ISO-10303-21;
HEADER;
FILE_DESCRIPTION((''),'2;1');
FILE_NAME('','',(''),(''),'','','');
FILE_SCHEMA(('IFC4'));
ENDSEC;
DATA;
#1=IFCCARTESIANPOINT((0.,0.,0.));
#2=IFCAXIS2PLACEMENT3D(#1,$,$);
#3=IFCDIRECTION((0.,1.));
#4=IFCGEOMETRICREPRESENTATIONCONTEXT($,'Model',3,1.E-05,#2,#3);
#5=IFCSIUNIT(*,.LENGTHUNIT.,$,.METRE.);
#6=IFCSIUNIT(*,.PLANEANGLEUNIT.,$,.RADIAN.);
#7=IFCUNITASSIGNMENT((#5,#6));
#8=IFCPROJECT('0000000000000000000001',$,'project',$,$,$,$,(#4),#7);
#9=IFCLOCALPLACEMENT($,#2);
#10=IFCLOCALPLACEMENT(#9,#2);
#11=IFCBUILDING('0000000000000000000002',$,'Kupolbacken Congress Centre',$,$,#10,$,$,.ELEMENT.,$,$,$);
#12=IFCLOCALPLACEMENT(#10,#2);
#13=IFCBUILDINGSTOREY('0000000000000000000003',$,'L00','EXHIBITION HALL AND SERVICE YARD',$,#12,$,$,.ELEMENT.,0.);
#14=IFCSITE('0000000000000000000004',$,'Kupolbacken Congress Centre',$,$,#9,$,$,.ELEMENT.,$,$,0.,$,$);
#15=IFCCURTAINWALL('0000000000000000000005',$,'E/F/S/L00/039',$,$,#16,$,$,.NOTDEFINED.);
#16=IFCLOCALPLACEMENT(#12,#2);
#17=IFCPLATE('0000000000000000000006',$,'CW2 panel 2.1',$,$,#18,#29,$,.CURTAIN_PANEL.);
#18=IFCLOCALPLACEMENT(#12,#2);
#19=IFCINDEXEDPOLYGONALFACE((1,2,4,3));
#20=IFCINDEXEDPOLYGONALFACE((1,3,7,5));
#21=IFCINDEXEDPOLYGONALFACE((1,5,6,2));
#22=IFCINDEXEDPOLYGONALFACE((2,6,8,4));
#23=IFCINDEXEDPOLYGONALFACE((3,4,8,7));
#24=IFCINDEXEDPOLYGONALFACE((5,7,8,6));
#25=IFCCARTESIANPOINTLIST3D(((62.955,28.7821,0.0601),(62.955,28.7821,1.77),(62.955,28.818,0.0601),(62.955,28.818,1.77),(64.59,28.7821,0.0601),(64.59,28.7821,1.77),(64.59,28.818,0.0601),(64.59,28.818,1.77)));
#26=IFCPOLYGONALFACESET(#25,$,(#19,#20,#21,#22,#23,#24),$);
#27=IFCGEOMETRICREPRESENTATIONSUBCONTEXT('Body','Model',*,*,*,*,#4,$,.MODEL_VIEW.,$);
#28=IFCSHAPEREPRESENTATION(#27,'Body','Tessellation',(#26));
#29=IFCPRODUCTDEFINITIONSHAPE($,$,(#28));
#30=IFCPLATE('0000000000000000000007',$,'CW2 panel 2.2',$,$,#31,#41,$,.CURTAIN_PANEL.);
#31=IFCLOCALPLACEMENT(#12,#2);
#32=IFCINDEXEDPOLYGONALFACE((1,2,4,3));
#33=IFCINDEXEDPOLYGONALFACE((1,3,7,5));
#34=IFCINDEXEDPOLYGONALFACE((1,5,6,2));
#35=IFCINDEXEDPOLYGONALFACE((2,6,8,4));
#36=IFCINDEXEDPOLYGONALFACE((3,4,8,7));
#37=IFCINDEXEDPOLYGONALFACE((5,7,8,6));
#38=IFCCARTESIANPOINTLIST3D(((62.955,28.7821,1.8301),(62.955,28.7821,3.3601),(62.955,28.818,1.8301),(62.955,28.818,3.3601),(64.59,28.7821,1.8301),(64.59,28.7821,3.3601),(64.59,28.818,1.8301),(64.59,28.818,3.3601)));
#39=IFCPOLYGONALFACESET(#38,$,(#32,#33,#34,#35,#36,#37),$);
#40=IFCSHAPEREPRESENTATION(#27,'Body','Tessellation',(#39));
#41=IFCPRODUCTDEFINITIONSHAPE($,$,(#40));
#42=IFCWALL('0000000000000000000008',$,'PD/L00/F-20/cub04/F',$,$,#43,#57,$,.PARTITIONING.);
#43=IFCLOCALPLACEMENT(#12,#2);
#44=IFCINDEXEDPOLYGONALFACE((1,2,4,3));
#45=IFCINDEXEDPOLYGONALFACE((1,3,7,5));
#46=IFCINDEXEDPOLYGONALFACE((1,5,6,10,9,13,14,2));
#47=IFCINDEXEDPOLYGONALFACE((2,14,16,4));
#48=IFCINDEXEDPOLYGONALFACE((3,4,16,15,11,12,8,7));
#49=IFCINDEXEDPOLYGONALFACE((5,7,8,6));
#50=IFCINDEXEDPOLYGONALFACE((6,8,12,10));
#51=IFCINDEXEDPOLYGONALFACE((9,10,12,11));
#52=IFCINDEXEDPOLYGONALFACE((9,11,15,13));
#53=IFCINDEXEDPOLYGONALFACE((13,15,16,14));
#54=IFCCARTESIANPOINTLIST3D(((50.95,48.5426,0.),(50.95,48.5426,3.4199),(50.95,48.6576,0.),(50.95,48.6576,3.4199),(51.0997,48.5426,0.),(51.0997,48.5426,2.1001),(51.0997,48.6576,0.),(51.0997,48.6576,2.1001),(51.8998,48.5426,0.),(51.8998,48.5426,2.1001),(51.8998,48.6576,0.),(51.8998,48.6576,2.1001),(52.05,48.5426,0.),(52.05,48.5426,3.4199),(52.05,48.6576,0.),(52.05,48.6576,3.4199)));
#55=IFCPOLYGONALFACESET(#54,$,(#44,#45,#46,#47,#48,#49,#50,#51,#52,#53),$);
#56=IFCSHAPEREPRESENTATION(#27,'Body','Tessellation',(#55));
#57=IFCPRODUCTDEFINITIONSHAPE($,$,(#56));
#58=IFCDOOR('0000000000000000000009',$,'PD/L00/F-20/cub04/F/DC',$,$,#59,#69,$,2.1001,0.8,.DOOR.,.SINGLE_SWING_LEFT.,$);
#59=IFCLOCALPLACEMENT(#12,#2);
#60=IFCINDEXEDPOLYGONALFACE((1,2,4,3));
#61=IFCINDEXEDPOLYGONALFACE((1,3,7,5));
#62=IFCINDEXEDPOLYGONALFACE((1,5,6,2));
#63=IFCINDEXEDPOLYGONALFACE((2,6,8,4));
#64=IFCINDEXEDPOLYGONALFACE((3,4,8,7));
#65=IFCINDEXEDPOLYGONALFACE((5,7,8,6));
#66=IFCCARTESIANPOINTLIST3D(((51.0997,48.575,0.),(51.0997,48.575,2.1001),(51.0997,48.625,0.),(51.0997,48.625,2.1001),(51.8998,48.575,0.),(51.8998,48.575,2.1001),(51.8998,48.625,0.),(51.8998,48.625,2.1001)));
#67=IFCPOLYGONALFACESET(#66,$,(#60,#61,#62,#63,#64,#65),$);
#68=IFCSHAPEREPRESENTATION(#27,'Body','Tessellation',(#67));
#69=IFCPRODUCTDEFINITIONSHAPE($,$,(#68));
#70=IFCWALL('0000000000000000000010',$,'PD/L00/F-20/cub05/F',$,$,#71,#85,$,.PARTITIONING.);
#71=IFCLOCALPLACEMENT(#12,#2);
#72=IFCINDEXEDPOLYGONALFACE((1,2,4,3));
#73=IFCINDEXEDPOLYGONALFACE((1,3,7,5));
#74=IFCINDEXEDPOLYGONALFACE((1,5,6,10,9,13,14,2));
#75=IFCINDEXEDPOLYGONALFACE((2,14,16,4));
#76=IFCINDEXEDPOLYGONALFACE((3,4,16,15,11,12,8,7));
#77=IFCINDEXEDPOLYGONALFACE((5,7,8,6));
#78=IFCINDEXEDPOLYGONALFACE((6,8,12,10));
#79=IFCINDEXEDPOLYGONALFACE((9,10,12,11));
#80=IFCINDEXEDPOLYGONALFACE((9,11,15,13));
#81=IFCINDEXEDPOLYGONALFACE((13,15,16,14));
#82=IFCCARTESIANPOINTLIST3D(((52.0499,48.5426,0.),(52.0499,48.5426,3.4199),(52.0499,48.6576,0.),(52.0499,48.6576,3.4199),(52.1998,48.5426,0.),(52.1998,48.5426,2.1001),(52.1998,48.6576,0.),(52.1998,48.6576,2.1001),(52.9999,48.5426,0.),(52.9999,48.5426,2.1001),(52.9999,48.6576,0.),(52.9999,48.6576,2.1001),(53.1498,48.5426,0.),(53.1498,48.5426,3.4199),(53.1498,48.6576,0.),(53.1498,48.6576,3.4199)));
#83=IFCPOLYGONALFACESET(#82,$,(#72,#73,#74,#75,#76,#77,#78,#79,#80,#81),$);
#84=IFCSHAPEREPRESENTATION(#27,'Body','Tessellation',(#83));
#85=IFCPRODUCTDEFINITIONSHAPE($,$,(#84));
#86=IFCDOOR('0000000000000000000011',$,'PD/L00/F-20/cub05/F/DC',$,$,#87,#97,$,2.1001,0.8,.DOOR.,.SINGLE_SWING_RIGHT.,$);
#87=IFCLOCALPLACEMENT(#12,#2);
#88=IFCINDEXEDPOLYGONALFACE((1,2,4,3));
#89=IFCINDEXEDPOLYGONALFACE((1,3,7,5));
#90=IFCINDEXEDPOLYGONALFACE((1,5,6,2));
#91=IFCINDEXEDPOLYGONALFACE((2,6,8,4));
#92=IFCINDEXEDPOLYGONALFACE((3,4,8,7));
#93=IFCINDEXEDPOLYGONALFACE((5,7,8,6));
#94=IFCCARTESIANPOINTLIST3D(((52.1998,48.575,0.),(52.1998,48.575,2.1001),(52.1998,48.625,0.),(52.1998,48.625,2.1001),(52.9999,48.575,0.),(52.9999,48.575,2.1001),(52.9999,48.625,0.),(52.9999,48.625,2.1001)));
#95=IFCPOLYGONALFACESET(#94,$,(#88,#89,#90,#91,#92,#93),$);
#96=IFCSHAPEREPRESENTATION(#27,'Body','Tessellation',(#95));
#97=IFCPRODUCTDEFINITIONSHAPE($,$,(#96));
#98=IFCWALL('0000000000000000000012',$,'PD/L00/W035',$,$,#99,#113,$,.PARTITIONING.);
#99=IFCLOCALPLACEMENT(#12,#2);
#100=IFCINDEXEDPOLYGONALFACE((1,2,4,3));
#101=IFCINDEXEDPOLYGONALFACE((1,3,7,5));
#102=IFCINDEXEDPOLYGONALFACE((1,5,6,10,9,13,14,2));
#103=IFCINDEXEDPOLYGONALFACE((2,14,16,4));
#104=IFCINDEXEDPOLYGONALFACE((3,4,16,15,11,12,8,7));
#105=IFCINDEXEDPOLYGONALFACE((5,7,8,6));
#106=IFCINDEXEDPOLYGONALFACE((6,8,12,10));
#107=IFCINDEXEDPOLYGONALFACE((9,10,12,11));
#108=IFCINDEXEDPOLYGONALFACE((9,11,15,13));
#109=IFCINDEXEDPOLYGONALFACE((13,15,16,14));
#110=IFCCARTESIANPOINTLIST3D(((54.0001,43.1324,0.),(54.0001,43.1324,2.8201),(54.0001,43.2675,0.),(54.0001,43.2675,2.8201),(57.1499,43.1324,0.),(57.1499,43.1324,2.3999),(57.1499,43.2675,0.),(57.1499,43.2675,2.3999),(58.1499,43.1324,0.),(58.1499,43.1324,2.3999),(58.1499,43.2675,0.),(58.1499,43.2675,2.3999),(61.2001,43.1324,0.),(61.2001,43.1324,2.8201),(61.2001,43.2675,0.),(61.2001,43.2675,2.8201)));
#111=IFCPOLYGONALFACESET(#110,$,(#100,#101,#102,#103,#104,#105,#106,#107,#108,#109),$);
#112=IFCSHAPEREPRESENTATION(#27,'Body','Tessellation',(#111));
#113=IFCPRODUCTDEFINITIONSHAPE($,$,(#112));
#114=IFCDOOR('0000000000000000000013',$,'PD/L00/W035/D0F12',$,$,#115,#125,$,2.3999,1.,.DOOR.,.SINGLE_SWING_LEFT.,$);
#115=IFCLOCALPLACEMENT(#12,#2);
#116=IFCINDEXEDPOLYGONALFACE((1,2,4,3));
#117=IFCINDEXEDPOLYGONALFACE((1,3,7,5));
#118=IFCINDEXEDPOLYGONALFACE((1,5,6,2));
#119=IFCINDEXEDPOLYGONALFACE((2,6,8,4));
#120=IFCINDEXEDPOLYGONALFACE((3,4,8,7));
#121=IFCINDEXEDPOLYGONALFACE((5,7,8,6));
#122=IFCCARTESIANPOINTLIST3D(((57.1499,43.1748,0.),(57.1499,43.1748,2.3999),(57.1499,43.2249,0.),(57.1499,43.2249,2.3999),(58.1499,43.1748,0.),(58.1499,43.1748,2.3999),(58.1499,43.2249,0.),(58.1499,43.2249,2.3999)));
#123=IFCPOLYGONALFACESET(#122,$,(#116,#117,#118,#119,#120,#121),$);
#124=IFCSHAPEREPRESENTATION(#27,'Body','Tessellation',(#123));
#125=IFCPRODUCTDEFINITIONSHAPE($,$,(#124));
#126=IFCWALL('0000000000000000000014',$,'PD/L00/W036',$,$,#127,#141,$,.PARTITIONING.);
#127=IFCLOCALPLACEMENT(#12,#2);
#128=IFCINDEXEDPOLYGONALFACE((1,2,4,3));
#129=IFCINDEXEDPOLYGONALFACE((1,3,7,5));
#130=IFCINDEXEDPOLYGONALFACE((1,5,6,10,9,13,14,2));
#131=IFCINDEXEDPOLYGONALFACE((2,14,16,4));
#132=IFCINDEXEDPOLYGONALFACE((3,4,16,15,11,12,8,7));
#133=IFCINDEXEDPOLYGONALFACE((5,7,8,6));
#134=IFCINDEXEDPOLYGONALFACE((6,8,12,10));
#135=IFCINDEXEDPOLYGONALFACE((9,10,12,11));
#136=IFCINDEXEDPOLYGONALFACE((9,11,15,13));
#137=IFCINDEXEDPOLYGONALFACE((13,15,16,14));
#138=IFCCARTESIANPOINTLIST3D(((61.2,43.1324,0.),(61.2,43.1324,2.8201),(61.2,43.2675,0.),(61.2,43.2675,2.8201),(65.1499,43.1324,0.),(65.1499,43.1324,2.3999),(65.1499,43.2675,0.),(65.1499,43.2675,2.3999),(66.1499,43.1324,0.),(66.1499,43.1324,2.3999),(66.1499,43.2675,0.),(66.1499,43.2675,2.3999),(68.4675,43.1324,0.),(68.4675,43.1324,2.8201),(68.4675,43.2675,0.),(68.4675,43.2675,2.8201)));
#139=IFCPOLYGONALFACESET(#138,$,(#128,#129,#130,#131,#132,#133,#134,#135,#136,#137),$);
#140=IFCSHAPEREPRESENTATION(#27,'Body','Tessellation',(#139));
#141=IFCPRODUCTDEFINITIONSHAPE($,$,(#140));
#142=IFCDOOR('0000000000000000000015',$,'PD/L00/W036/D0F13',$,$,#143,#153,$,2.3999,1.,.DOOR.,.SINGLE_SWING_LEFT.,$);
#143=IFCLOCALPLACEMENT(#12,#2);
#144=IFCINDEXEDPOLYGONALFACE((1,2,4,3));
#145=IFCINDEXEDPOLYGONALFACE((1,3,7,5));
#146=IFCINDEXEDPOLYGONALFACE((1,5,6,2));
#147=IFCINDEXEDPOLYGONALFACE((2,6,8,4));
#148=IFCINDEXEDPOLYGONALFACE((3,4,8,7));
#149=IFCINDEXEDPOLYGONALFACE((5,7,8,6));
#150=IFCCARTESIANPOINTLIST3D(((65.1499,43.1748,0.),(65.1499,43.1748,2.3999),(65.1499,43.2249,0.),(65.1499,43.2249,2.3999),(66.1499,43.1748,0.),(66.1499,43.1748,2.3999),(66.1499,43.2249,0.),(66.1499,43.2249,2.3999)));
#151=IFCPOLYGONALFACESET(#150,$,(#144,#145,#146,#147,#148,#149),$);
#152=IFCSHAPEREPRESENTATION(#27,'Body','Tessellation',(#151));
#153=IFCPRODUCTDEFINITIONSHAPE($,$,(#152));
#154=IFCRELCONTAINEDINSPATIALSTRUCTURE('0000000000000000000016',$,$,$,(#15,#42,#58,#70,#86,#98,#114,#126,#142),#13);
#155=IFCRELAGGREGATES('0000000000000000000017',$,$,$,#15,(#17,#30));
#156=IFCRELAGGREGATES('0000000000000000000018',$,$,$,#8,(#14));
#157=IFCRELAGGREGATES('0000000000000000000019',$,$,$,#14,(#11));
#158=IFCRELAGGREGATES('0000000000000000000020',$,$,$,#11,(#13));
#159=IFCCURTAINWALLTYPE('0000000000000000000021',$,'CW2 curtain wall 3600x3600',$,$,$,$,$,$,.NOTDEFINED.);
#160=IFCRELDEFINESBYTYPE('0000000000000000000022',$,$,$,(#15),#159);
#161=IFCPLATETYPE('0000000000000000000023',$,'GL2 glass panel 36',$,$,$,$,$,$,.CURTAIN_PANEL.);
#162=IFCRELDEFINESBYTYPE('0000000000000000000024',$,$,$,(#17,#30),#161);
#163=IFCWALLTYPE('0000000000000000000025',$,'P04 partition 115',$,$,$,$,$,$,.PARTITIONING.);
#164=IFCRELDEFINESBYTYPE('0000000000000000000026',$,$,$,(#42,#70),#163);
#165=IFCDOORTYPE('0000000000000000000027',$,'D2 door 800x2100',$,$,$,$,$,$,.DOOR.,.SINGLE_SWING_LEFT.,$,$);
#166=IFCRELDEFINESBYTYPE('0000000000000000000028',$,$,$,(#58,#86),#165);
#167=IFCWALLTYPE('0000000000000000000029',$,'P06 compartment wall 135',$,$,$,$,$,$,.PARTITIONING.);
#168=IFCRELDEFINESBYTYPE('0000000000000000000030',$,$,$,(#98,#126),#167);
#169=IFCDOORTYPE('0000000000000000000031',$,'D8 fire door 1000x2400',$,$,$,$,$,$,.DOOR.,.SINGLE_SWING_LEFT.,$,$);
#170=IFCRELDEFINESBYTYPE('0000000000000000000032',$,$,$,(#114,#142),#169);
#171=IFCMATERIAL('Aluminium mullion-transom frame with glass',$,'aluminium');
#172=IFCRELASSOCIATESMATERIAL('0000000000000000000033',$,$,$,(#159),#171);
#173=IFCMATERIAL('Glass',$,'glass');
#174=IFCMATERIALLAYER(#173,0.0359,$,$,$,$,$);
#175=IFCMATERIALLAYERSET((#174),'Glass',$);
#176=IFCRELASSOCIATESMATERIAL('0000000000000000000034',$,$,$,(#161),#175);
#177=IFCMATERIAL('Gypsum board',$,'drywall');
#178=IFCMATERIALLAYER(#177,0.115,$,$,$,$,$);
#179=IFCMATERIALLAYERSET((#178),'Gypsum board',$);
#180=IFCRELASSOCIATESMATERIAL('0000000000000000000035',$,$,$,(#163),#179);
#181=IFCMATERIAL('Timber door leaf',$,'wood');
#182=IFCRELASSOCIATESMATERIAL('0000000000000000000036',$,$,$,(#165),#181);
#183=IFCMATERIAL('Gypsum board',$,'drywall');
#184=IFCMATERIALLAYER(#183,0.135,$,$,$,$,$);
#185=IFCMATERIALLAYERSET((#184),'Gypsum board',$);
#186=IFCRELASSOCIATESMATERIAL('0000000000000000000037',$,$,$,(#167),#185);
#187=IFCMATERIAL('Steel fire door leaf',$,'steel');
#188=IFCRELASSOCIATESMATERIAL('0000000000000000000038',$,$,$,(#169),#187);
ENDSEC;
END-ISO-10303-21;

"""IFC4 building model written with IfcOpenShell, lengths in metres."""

from ifc_helpers import new_model, si_unit, direction, frame, frame_2d, origin, origin_2d, place, context, subcontext, project, spatial, rectangle, extrude, material, layer, layer_set, type_object, element, fill, aggregate, save


model = new_model("IFC4")

# Units and contexts
model_context = context("Model", 3, precision=1e-05, world=origin(), true_north=direction((0.0, 1.0)))
body_context = subcontext(model_context, "Body", "Model", "MODEL_VIEW")
ifc_project = project(units=[si_unit("LENGTHUNIT", "METRE"), si_unit("PLANEANGLEUNIT", "RADIAN")], contexts=[model_context])

# Site, building, storey
site_placement = place(None, origin())
site = spatial("IfcSite", under=ifc_project, at=site_placement, Name="Kupolbacken Congress Centre", CompositionType="ELEMENT", RefElevation=0.0)
building_placement = place(site_placement, origin())
building = spatial("IfcBuilding", under=site, at=building_placement, Name="Kupolbacken Congress Centre", CompositionType="ELEMENT")
storey_placement = place(building_placement, origin())
storey = spatial("IfcBuildingStorey", under=building, at=storey_placement, Name="L00", Description="EXHIBITION HALL AND SERVICE YARD", CompositionType="ELEMENT", Elevation=0.0)

# Curtain wall, plates
ifc_material_1 = material(Name="Aluminium mullion-transom frame with glass", Category="aluminium")
curtain_wall_type = type_object("IfcCurtainWallType", Name="CW2 curtain wall 3600x3600", PredefinedType="NOTDEFINED", material=ifc_material_1)
curtain_wall_placement = place(storey_placement, origin())
curtain_wall = element("IfcCurtainWall", 1, at=curtain_wall_placement, inside=storey, type_object=curtain_wall_type, Name="E/F/S/L00/039", PredefinedType="NOTDEFINED")
ifc_material_2 = material(Name="Glass", Category="glass")
ifc_layer_1 = layer(ifc_material_2, 0.0359)
ifc_layer_set_1 = layer_set([ifc_layer_1], Name="Glass")
plate_type = type_object("IfcPlateType", Name="GL2 glass panel 36", PredefinedType="CURTAIN_PANEL", material=ifc_layer_set_1)
plate_1_placement = place(storey_placement, frame((63.7725, 28.8, 0.0601), z_axis=(0.0, 0.0, 1.0), x_axis=(1.0, 0.0, 0.0)))
plate_1 = element("IfcPlate", 2, at=plate_1_placement, type_object=plate_type, Name="CW2 panel 2.1", PredefinedType="CURTAIN_PANEL", context=body_context, shape_type="SweptSolid", body=[
    extrude(rectangle(XDim=1.635, YDim=0.0359, at=origin_2d()), origin(), (0.0, 0.0, 1.0), 1.71),
])
plate_2_placement = place(storey_placement, frame((63.7725, 28.8, 1.8301), z_axis=(0.0, 0.0, 1.0), x_axis=(1.0, 0.0, 0.0)))
plate_2 = element("IfcPlate", 3, at=plate_2_placement, type_object=plate_type, Name="CW2 panel 2.2", PredefinedType="CURTAIN_PANEL", context=body_context, shape_type="SweptSolid", body=[
    extrude(rectangle(XDim=1.635, YDim=0.0359, at=origin_2d()), origin(), (0.0, 0.0, 1.0), 1.53),
])
aggregate(curtain_wall, [plate_1, plate_2])

# Walls, openings, doors
ifc_material_3 = material(Name="Gypsum board", Category="drywall")
ifc_layer_2 = layer(ifc_material_3, 0.115)
ifc_layer_set_2 = layer_set([ifc_layer_2], Name="Gypsum board")
wall_type_1 = type_object("IfcWallType", Name="P04 partition 115", PredefinedType="PARTITIONING", material=ifc_layer_set_2)
wall_1_placement = place(storey_placement, frame((50.95, 48.6001, 0.0), z_axis=(0.0, 0.0, 1.0), x_axis=(1.0, 0.0, 0.0)))
wall_1 = element("IfcWall", 4, at=wall_1_placement, inside=storey, type_object=wall_type_1, Name="PD/L00/F-20/cub04/F", PredefinedType="PARTITIONING", context=body_context, shape_type="SweptSolid", body=[
    extrude(rectangle(XDim=1.1001, YDim=0.115, at=frame_2d((0.55, 0.0))), origin(), (0.0, 0.0, 1.0), 3.4199),
])
opening_1_placement = place(wall_1_placement, frame((0.1499, 0.0, 0.0)))
opening_1 = element("IfcOpeningElement", 5, at=opening_1_placement, cuts=wall_1, PredefinedType="OPENING", context=body_context, shape_type="SweptSolid", body=[
    extrude(rectangle(XDim=0.8, YDim=2.1001, at=frame_2d((0.3999, 1.05))), frame((0.0, 0.0674, 0.0), z_axis=(0.0, -1.0, 0.0), x_axis=(1.0, 0.0, 0.0)), (0.0, 0.0, 1.0), 0.135),
])
ifc_material_4 = material(Name="Timber door leaf", Category="wood")
door_type_1 = type_object("IfcDoorType", Name="D2 door 800x2100", OperationType="SINGLE_SWING_LEFT", PredefinedType="DOOR", material=ifc_material_4)
door_1_placement = place(opening_1_placement, origin())
door_1 = element("IfcDoor", 6, at=door_1_placement, inside=storey, type_object=door_type_1, Name="PD/L00/F-20/cub04/F/DC", OperationType="SINGLE_SWING_LEFT", OverallHeight=2.1001, OverallWidth=0.8, PredefinedType="DOOR", context=body_context, shape_type="SweptSolid", body=[
    extrude(rectangle(XDim=0.8, YDim=2.1001, at=frame_2d((0.3999, 1.05))), frame((0.0, 0.0249, 0.0), z_axis=(0.0, -1.0, 0.0), x_axis=(1.0, 0.0, 0.0)), (0.0, 0.0, 1.0), 0.05),
])
fill(opening_1, door_1)
wall_2_placement = place(storey_placement, frame((52.05, 48.6001, 0.0), z_axis=(0.0, 0.0, 1.0), x_axis=(1.0, 0.0, 0.0)))
wall_2 = element("IfcWall", 7, at=wall_2_placement, inside=storey, type_object=wall_type_1, Name="PD/L00/F-20/cub05/F", PredefinedType="PARTITIONING", context=body_context, shape_type="SweptSolid", body=[
    extrude(rectangle(XDim=1.0999, YDim=0.115, at=frame_2d((0.5498, 0.0))), origin(), (0.0, 0.0, 1.0), 3.4199),
])
opening_2_placement = place(wall_2_placement, frame((0.1499, 0.0, 0.0)))
opening_2 = element("IfcOpeningElement", 8, at=opening_2_placement, cuts=wall_2, PredefinedType="OPENING", context=body_context, shape_type="SweptSolid", body=[
    extrude(rectangle(XDim=0.8, YDim=2.1001, at=frame_2d((0.3999, 1.05))), frame((0.0, 0.0674, 0.0), z_axis=(0.0, -1.0, 0.0), x_axis=(1.0, 0.0, 0.0)), (0.0, 0.0, 1.0), 0.135),
])
door_2_placement = place(opening_2_placement, origin())
door_2 = element("IfcDoor", 9, at=door_2_placement, inside=storey, type_object=door_type_1, Name="PD/L00/F-20/cub05/F/DC", OperationType="SINGLE_SWING_RIGHT", OverallHeight=2.1001, OverallWidth=0.8, PredefinedType="DOOR", context=body_context, shape_type="SweptSolid", body=[
    extrude(rectangle(XDim=0.8, YDim=2.1001, at=frame_2d((0.3999, 1.05))), frame((0.0, 0.0249, 0.0), z_axis=(0.0, -1.0, 0.0), x_axis=(1.0, 0.0, 0.0)), (0.0, 0.0, 1.0), 0.05),
])
fill(opening_2, door_2)
ifc_material_5 = material(Name="Gypsum board", Category="drywall")
ifc_layer_3 = layer(ifc_material_5, 0.135)
ifc_layer_set_3 = layer_set([ifc_layer_3], Name="Gypsum board")
wall_type_2 = type_object("IfcWallType", Name="P06 compartment wall 135", PredefinedType="PARTITIONING", material=ifc_layer_set_3)
wall_3_placement = place(storey_placement, frame((54.0, 43.2, 0.0), z_axis=(0.0, 0.0, 1.0), x_axis=(1.0, 0.0, 0.0)))
wall_3 = element("IfcWall", 10, at=wall_3_placement, inside=storey, type_object=wall_type_2, Name="PD/L00/W035", PredefinedType="PARTITIONING", context=body_context, shape_type="SweptSolid", body=[
    extrude(rectangle(XDim=7.2, YDim=0.135, at=frame_2d((3.6001, 0.0))), origin(), (0.0, 0.0, 1.0), 2.8201),
])
opening_3_placement = place(wall_3_placement, frame((3.1499, 0.0, 0.0)))
opening_3 = element("IfcOpeningElement", 11, at=opening_3_placement, cuts=wall_3, PredefinedType="OPENING", context=body_context, shape_type="SweptSolid", body=[
    extrude(rectangle(XDim=1.0, YDim=2.3999, at=frame_2d((0.5, 1.2))), frame((0.0, 0.0774, 0.0), z_axis=(0.0, -1.0, 0.0), x_axis=(1.0, 0.0, 0.0)), (0.0, 0.0, 1.0), 0.155),
])
ifc_material_6 = material(Name="Steel fire door leaf", Category="steel")
door_type_2 = type_object("IfcDoorType", Name="D8 fire door 1000x2400", OperationType="SINGLE_SWING_LEFT", PredefinedType="DOOR", material=ifc_material_6)
door_3_placement = place(opening_3_placement, origin())
door_3 = element("IfcDoor", 12, at=door_3_placement, inside=storey, type_object=door_type_2, Name="PD/L00/W035/D0F12", OperationType="SINGLE_SWING_LEFT", OverallHeight=2.3999, OverallWidth=1.0, PredefinedType="DOOR", context=body_context, shape_type="SweptSolid", body=[
    extrude(rectangle(XDim=1.0, YDim=2.3999, at=frame_2d((0.5, 1.2))), frame((0.0, 0.0249, 0.0), z_axis=(0.0, -1.0, 0.0), x_axis=(1.0, 0.0, 0.0)), (0.0, 0.0, 1.0), 0.05),
])
fill(opening_3, door_3)
wall_4_placement = place(storey_placement, frame((61.2, 43.2, 0.0), z_axis=(0.0, 0.0, 1.0), x_axis=(1.0, 0.0, 0.0)))
wall_4 = element("IfcWall", 13, at=wall_4_placement, inside=storey, type_object=wall_type_2, Name="PD/L00/W036", PredefinedType="PARTITIONING", context=body_context, shape_type="SweptSolid", body=[
    extrude(rectangle(XDim=7.2676, YDim=0.135, at=frame_2d((3.6338, 0.0))), origin(), (0.0, 0.0, 1.0), 2.8201),
])
opening_4_placement = place(wall_4_placement, frame((3.95, 0.0, 0.0)))
opening_4 = element("IfcOpeningElement", 14, at=opening_4_placement, cuts=wall_4, PredefinedType="OPENING", context=body_context, shape_type="SweptSolid", body=[
    extrude(rectangle(XDim=1.0, YDim=2.3999, at=frame_2d((0.5, 1.2))), frame((0.0, 0.0774, 0.0), z_axis=(0.0, -1.0, 0.0), x_axis=(1.0, 0.0, 0.0)), (0.0, 0.0, 1.0), 0.155),
])
door_4_placement = place(opening_4_placement, origin())
door_4 = element("IfcDoor", 15, at=door_4_placement, inside=storey, type_object=door_type_2, Name="PD/L00/W036/D0F13", OperationType="SINGLE_SWING_LEFT", OverallHeight=2.3999, OverallWidth=1.0, PredefinedType="DOOR", context=body_context, shape_type="SweptSolid", body=[
    extrude(rectangle(XDim=1.0, YDim=2.3999, at=frame_2d((0.5, 1.2))), frame((0.0, 0.0249, 0.0), z_axis=(0.0, -1.0, 0.0), x_axis=(1.0, 0.0, 0.0)), (0.0, 0.0, 1.0), 0.05),
])
fill(opening_4, door_4)

save(model, "model.ifc")
